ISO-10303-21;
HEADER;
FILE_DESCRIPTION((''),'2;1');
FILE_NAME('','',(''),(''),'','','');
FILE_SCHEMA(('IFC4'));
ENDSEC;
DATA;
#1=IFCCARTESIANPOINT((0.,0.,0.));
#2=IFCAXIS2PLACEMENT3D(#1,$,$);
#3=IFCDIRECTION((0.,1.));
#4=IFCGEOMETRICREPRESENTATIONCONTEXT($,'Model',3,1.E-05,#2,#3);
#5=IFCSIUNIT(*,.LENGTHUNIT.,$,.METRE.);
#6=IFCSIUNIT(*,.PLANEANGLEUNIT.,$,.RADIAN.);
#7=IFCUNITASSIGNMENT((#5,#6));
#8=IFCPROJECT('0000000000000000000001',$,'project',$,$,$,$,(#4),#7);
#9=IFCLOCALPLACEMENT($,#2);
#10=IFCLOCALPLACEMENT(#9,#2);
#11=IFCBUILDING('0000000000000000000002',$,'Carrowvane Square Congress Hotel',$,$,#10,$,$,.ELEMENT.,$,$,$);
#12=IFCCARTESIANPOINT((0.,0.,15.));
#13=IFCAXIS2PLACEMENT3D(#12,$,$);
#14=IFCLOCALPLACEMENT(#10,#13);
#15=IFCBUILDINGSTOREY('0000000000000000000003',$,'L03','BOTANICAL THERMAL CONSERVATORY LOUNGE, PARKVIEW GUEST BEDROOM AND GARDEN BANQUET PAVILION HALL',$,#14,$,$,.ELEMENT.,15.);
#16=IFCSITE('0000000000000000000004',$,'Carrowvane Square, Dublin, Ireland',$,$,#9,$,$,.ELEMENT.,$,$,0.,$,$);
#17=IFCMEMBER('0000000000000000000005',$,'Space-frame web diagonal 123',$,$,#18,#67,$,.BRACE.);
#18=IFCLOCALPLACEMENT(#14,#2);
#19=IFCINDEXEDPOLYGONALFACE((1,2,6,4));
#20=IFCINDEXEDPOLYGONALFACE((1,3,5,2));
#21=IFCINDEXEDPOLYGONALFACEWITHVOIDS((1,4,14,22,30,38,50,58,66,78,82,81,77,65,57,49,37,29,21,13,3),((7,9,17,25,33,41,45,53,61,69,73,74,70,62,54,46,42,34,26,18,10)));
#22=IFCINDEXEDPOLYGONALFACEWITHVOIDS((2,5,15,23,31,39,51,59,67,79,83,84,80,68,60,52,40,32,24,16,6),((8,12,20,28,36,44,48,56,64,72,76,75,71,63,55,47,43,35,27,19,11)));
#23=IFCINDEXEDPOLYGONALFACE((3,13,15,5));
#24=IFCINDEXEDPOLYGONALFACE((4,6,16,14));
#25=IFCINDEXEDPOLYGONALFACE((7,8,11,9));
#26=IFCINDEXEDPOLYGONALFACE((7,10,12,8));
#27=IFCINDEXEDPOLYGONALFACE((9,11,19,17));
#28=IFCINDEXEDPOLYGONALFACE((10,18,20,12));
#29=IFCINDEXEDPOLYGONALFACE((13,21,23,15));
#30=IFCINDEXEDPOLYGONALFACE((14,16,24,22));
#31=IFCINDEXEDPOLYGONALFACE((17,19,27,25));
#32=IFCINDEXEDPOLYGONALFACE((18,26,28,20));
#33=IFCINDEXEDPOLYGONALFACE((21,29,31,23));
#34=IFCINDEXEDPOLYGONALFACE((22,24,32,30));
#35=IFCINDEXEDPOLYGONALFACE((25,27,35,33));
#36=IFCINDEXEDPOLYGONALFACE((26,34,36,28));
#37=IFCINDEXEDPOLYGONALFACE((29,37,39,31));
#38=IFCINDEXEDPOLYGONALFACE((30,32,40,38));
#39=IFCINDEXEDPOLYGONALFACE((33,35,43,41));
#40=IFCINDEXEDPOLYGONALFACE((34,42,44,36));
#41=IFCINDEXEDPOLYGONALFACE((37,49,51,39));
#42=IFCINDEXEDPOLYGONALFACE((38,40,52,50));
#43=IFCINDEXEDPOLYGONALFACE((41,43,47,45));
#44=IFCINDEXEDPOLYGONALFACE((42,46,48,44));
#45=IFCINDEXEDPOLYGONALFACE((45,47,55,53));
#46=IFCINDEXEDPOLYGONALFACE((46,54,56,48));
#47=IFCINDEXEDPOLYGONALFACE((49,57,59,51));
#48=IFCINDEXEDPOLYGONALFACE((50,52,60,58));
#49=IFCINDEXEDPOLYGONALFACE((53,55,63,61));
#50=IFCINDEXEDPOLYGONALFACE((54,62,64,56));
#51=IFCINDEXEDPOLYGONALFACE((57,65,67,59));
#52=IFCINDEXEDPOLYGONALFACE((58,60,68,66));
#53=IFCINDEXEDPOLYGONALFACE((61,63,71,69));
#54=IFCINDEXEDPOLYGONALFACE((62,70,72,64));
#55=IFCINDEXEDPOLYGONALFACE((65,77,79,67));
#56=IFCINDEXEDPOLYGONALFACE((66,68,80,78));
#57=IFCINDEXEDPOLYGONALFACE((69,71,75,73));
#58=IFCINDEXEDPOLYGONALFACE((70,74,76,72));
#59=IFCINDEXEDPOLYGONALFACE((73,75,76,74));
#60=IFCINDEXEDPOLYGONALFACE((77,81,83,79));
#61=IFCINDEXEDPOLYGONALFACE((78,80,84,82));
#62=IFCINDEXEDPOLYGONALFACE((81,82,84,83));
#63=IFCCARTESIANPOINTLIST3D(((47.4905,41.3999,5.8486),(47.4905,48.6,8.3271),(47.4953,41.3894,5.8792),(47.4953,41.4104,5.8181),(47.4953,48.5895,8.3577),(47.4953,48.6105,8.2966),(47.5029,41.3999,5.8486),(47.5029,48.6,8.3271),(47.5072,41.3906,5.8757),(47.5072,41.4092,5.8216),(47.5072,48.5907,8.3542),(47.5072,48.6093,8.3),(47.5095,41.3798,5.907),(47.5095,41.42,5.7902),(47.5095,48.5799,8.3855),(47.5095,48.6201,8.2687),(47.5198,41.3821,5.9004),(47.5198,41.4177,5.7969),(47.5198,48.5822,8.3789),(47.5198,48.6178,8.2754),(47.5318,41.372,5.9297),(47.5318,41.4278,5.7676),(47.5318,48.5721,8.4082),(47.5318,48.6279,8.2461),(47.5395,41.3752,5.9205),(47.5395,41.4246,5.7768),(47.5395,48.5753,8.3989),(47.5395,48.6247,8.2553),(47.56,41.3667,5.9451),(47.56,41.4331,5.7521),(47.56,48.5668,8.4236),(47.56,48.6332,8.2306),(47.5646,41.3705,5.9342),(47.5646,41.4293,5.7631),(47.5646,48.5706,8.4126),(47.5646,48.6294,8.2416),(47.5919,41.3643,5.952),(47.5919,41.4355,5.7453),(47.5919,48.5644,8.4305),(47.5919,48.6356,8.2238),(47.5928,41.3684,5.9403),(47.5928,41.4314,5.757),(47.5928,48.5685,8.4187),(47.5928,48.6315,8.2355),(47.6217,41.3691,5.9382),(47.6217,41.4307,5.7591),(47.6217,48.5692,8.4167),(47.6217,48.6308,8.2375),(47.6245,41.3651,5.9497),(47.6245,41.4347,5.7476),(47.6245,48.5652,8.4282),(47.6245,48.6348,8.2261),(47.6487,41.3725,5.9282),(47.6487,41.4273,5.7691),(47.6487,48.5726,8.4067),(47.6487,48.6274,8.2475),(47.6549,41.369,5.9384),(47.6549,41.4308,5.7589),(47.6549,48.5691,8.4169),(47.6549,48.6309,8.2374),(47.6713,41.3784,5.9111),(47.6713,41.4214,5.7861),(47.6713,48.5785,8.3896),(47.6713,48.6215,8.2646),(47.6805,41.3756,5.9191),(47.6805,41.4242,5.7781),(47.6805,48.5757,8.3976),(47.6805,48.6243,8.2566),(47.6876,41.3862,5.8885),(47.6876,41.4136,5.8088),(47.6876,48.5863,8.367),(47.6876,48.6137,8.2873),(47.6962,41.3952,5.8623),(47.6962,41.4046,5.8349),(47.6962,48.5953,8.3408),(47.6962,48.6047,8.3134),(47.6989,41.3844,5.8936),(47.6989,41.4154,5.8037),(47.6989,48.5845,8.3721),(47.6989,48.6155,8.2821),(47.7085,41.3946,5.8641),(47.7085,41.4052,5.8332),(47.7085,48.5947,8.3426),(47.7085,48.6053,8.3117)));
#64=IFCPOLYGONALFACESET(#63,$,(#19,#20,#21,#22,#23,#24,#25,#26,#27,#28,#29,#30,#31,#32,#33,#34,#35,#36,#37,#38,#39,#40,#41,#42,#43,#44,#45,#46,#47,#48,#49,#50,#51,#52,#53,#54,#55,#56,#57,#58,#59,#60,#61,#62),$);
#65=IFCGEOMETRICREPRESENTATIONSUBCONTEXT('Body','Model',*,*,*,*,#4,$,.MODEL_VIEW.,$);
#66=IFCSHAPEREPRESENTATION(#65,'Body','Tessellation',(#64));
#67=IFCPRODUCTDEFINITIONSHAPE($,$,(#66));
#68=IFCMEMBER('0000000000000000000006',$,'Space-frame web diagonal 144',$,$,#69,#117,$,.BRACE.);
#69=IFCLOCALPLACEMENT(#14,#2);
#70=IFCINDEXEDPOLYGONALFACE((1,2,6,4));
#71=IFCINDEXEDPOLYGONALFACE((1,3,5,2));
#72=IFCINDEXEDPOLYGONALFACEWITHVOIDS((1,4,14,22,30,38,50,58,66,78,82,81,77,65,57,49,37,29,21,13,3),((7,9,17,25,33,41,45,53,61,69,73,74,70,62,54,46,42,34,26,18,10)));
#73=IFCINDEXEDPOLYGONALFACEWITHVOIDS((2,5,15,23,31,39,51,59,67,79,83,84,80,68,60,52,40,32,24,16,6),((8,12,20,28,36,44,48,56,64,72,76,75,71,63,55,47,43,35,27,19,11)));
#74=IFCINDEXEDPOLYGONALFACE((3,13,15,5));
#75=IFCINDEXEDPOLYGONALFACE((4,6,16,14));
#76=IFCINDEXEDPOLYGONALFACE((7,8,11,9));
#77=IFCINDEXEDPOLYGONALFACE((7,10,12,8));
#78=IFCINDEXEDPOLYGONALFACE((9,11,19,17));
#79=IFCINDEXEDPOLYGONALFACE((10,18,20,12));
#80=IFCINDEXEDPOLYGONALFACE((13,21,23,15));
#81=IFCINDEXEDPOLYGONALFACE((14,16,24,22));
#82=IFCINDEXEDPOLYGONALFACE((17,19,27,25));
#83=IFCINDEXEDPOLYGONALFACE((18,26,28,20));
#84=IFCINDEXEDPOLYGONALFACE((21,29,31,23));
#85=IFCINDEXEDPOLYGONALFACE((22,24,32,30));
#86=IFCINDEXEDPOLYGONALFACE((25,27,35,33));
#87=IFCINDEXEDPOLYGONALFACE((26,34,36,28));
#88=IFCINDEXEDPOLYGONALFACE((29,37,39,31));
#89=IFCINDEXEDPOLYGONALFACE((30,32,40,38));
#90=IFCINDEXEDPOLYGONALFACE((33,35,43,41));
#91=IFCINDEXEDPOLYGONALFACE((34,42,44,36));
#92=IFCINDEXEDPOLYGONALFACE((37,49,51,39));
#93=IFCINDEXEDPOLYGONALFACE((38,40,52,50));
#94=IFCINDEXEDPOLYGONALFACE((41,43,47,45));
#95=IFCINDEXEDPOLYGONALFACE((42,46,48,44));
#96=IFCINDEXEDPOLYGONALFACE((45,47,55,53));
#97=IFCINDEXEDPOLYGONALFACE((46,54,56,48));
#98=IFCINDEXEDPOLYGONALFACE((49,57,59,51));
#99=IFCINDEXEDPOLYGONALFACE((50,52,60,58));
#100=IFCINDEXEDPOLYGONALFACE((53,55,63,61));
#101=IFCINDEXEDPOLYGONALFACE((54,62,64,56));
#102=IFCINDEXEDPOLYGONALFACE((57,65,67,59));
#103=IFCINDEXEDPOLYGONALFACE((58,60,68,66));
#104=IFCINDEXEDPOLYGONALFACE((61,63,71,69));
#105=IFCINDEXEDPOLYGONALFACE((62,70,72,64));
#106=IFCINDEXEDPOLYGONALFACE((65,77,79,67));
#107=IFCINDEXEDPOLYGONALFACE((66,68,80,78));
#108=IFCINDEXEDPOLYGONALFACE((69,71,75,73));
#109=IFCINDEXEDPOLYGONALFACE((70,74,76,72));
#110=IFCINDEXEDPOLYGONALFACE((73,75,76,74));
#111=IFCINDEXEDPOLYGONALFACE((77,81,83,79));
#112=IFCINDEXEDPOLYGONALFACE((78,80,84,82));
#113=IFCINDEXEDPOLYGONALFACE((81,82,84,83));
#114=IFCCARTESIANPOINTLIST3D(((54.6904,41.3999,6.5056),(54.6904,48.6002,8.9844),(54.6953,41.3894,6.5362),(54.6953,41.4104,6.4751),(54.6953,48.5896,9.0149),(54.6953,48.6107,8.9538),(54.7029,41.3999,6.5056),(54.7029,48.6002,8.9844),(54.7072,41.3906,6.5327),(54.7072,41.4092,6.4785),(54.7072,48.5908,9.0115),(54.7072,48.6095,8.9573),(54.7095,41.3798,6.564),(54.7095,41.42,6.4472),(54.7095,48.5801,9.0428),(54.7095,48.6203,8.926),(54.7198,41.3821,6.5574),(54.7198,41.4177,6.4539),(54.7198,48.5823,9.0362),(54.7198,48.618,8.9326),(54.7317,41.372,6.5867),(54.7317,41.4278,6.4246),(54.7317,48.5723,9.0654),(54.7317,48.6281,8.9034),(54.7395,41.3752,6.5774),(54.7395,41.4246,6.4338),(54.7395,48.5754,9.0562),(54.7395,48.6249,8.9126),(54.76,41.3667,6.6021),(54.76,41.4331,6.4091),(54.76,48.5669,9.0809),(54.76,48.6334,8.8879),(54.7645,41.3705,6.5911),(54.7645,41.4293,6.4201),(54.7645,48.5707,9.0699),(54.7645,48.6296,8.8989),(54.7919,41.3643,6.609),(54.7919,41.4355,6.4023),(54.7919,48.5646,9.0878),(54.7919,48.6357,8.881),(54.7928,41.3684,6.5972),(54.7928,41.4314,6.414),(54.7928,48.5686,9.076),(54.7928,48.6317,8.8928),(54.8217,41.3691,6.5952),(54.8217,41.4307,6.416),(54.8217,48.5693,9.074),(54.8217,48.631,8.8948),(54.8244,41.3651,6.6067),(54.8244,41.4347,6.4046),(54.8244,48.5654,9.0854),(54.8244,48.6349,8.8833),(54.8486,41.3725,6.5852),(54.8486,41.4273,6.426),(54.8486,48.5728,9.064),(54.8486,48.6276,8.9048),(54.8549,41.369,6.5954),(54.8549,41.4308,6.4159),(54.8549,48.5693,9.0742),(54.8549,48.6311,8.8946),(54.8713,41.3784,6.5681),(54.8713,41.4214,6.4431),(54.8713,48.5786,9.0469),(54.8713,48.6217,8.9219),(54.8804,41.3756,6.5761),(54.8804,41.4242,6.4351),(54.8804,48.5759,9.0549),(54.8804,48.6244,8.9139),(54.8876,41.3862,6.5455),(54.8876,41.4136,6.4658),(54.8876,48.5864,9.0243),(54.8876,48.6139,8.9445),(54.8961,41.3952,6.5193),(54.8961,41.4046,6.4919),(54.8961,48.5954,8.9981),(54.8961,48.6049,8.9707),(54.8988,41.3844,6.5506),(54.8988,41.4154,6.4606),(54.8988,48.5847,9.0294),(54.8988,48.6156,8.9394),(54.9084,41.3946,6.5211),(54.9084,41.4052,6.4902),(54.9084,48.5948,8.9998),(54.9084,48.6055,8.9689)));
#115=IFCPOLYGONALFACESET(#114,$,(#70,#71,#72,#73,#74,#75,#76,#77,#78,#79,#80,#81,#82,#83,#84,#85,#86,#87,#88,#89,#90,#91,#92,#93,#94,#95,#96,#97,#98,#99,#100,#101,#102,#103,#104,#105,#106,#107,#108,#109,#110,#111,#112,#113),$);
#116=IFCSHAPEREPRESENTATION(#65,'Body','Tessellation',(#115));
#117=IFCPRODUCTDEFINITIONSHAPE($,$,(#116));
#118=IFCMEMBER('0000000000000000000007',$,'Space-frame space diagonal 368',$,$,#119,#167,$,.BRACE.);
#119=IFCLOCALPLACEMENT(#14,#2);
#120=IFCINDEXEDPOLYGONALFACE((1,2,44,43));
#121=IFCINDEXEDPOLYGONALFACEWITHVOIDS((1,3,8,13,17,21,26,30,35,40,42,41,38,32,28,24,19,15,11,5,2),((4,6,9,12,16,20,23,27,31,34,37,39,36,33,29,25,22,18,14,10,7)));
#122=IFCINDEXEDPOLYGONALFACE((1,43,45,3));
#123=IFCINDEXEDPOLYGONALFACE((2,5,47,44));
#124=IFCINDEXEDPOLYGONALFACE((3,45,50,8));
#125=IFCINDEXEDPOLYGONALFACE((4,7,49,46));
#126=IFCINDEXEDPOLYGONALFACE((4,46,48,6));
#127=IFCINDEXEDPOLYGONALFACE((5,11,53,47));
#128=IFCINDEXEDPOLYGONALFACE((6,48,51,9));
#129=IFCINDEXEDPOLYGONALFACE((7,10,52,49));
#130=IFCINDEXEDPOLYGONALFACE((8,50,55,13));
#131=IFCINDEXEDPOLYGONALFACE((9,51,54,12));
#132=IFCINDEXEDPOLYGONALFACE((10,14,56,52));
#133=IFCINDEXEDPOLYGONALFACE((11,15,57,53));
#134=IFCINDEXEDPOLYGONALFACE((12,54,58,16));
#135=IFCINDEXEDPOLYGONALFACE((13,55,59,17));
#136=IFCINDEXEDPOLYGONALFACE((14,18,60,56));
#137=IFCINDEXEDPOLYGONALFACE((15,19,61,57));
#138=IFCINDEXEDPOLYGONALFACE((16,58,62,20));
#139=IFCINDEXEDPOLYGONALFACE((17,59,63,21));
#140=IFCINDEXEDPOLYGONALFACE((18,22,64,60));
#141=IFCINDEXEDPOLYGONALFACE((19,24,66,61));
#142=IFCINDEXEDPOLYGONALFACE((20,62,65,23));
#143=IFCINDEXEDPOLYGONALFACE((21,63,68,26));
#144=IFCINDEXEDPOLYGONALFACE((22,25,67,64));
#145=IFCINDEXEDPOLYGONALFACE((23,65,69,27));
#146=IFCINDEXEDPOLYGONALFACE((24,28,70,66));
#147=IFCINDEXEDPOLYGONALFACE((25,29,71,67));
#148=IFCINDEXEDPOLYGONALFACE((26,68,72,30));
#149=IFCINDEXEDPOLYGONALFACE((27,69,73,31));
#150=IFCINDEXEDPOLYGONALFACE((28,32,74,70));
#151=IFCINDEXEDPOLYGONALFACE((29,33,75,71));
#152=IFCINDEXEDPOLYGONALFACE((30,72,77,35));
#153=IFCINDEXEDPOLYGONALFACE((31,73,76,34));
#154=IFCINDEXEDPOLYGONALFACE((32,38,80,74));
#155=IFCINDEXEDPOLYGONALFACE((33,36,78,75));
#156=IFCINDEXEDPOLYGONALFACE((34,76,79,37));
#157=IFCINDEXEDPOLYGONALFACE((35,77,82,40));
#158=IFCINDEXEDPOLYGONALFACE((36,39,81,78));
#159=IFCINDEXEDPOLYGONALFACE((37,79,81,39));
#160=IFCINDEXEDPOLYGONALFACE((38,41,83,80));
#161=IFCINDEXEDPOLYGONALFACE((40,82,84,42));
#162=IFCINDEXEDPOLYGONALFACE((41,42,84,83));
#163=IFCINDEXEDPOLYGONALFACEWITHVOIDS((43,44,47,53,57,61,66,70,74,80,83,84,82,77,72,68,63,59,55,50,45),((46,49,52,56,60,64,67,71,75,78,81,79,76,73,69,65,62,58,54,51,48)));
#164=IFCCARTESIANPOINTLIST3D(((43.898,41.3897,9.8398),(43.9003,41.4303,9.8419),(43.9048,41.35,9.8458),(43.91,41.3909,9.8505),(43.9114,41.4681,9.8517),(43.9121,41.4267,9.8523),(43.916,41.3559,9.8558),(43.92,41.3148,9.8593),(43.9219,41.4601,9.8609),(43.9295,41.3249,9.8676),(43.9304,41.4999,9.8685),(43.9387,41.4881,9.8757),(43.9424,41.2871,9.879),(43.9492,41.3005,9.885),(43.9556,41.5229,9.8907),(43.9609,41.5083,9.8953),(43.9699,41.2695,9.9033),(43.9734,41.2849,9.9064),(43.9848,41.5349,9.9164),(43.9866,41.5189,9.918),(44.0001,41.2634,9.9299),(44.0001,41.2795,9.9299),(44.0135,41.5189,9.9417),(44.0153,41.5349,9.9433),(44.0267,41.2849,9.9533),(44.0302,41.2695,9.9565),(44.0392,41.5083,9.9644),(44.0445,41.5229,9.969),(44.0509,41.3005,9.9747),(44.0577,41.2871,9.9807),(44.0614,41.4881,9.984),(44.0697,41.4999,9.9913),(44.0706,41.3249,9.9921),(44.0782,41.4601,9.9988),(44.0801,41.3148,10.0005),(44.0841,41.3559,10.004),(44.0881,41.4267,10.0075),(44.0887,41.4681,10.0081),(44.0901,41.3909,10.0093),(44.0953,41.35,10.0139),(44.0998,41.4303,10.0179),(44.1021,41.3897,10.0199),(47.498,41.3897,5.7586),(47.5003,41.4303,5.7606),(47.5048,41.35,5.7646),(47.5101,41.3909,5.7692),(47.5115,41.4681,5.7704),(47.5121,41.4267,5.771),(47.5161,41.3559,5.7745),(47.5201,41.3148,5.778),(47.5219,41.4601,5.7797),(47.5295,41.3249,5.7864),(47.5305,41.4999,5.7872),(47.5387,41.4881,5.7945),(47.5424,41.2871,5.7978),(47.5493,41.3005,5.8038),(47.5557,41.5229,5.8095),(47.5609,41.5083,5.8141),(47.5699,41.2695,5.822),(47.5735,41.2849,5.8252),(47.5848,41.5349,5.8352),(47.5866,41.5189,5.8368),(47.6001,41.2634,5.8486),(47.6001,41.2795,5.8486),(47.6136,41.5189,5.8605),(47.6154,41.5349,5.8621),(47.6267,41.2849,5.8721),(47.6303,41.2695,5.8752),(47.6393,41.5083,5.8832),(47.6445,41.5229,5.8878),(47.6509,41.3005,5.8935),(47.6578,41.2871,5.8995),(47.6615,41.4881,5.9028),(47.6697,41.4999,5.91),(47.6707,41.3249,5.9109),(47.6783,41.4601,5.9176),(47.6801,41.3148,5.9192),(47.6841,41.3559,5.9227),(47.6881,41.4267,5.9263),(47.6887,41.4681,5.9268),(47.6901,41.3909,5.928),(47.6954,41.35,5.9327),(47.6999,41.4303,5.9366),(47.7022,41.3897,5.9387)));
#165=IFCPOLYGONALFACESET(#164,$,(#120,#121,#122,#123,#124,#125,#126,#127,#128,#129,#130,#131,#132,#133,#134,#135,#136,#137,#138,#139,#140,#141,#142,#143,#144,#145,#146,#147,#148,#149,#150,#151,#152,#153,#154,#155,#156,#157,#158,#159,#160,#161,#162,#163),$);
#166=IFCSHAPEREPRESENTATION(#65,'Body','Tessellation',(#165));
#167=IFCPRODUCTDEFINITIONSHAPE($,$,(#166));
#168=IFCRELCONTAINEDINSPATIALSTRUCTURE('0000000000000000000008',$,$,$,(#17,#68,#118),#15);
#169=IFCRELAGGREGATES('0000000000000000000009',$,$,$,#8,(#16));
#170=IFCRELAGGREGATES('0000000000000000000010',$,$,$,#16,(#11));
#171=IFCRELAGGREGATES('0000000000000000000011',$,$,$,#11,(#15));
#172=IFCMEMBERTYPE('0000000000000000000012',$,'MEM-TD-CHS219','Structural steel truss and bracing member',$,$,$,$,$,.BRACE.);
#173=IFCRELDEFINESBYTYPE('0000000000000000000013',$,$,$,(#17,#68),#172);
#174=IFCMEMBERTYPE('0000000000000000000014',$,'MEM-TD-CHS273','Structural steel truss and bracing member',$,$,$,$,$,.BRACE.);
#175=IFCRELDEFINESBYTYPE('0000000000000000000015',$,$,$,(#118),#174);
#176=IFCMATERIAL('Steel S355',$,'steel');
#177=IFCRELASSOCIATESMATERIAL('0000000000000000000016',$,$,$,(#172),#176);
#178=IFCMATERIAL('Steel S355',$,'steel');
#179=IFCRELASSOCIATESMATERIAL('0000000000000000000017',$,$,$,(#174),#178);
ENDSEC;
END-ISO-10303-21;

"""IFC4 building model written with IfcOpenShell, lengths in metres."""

from ifc_helpers import new_model, si_unit, direction, frame, origin, origin_2d, place, context, subcontext, project, spatial, hollow_circle, extrude, material, material_profile, profile_set, type_object, element, save


model = new_model("IFC4")

# Units and contexts
model_context = context("Model", 3, precision=1e-05, world=origin(), true_north=direction((0.0, 1.0)))
body_context = subcontext(model_context, "Body", "Model", "MODEL_VIEW")
ifc_project = project(units=[si_unit("LENGTHUNIT", "METRE"), si_unit("PLANEANGLEUNIT", "RADIAN")], contexts=[model_context])

# Site, building, storey
site_placement = place(None, origin())
site = spatial("IfcSite", under=ifc_project, at=site_placement, Name="Carrowvane Square, Dublin, Ireland", CompositionType="ELEMENT", RefElevation=0.0)
building_placement = place(site_placement, origin())
building = spatial("IfcBuilding", under=site, at=building_placement, Name="Carrowvane Square Congress Hotel", CompositionType="ELEMENT")
storey_placement = place(building_placement, frame((0.0, 0.0, 15.0)))
storey = spatial("IfcBuildingStorey", under=building, at=storey_placement, Name="L03", Description="BOTANICAL THERMAL CONSERVATORY LOUNGE, PARKVIEW GUEST BEDROOM AND GARDEN BANQUET PAVILION HALL", CompositionType="ELEMENT", Elevation=15.0)

# Members
ifc_material_1 = material(Name="Steel S355", Category="steel")
ifc_material_profile_1 = material_profile(ifc_material_1, hollow_circle(Radius=0.1096, WallThickness=0.0125, at=origin_2d()), Name="CHS 219.1x12.5")
ifc_profile_set_1 = profile_set([ifc_material_profile_1], Name="Steel S355")
member_type_1 = type_object("IfcMemberType", Name="MEM-TD-CHS219", Description="Structural steel truss and bracing member", PredefinedType="BRACE", material=ifc_profile_set_1)
member_1_placement = place(storey_placement, frame((47.6001, 41.3999, 5.8486), z_axis=(0.0, 0.945547, 0.325485), x_axis=(-1.0, 0.0, 0.0)))
element("IfcMember", 1, at=member_1_placement, inside=storey, type_object=member_type_1, Name="Space-frame web diagonal 123", PredefinedType="BRACE", context=body_context, shape_type="SweptSolid", body=[
    extrude(hollow_circle(Radius=0.1096, WallThickness=0.0125, at=origin_2d()), origin(), (0.0, 0.0, 1.0), 7.6147),
])
member_2_placement = place(storey_placement, frame((54.8, 41.3999, 6.5056), z_axis=(0.0, 0.945537, 0.325513), x_axis=(-1.0, 0.0, 0.0)))
element("IfcMember", 2, at=member_2_placement, inside=storey, type_object=member_type_1, Name="Space-frame web diagonal 144", PredefinedType="BRACE", context=body_context, shape_type="SweptSolid", body=[
    extrude(hollow_circle(Radius=0.1096, WallThickness=0.0125, at=origin_2d()), origin(), (0.0, 0.0, 1.0), 7.615),
])
ifc_material_2 = material(Name="Steel S355", Category="steel")
ifc_material_profile_2 = material_profile(ifc_material_2, hollow_circle(Radius=0.1365, WallThickness=0.0161, at=origin_2d()), Name="CHS 273.0x16")
ifc_profile_set_2 = profile_set([ifc_material_profile_2], Name="Steel S355")
member_type_2 = type_object("IfcMemberType", Name="MEM-TD-CHS273", Description="Structural steel truss and bracing member", PredefinedType="BRACE", material=ifc_profile_set_2)
member_3_placement = place(storey_placement, frame((47.6001, 41.3999, 5.8486), z_axis=(-0.661513, 0.0, 0.749933), x_axis=(0.0, -1.0, 0.0)))
element("IfcMember", 3, at=member_3_placement, inside=storey, type_object=member_type_2, Name="Space-frame space diagonal 368", PredefinedType="BRACE", context=body_context, shape_type="SweptSolid", body=[
    extrude(hollow_circle(Radius=0.1365, WallThickness=0.0161, at=origin_2d()), origin(), (0.0, 0.0, 1.0), 5.4421),
])

save(model, "model.ifc")
